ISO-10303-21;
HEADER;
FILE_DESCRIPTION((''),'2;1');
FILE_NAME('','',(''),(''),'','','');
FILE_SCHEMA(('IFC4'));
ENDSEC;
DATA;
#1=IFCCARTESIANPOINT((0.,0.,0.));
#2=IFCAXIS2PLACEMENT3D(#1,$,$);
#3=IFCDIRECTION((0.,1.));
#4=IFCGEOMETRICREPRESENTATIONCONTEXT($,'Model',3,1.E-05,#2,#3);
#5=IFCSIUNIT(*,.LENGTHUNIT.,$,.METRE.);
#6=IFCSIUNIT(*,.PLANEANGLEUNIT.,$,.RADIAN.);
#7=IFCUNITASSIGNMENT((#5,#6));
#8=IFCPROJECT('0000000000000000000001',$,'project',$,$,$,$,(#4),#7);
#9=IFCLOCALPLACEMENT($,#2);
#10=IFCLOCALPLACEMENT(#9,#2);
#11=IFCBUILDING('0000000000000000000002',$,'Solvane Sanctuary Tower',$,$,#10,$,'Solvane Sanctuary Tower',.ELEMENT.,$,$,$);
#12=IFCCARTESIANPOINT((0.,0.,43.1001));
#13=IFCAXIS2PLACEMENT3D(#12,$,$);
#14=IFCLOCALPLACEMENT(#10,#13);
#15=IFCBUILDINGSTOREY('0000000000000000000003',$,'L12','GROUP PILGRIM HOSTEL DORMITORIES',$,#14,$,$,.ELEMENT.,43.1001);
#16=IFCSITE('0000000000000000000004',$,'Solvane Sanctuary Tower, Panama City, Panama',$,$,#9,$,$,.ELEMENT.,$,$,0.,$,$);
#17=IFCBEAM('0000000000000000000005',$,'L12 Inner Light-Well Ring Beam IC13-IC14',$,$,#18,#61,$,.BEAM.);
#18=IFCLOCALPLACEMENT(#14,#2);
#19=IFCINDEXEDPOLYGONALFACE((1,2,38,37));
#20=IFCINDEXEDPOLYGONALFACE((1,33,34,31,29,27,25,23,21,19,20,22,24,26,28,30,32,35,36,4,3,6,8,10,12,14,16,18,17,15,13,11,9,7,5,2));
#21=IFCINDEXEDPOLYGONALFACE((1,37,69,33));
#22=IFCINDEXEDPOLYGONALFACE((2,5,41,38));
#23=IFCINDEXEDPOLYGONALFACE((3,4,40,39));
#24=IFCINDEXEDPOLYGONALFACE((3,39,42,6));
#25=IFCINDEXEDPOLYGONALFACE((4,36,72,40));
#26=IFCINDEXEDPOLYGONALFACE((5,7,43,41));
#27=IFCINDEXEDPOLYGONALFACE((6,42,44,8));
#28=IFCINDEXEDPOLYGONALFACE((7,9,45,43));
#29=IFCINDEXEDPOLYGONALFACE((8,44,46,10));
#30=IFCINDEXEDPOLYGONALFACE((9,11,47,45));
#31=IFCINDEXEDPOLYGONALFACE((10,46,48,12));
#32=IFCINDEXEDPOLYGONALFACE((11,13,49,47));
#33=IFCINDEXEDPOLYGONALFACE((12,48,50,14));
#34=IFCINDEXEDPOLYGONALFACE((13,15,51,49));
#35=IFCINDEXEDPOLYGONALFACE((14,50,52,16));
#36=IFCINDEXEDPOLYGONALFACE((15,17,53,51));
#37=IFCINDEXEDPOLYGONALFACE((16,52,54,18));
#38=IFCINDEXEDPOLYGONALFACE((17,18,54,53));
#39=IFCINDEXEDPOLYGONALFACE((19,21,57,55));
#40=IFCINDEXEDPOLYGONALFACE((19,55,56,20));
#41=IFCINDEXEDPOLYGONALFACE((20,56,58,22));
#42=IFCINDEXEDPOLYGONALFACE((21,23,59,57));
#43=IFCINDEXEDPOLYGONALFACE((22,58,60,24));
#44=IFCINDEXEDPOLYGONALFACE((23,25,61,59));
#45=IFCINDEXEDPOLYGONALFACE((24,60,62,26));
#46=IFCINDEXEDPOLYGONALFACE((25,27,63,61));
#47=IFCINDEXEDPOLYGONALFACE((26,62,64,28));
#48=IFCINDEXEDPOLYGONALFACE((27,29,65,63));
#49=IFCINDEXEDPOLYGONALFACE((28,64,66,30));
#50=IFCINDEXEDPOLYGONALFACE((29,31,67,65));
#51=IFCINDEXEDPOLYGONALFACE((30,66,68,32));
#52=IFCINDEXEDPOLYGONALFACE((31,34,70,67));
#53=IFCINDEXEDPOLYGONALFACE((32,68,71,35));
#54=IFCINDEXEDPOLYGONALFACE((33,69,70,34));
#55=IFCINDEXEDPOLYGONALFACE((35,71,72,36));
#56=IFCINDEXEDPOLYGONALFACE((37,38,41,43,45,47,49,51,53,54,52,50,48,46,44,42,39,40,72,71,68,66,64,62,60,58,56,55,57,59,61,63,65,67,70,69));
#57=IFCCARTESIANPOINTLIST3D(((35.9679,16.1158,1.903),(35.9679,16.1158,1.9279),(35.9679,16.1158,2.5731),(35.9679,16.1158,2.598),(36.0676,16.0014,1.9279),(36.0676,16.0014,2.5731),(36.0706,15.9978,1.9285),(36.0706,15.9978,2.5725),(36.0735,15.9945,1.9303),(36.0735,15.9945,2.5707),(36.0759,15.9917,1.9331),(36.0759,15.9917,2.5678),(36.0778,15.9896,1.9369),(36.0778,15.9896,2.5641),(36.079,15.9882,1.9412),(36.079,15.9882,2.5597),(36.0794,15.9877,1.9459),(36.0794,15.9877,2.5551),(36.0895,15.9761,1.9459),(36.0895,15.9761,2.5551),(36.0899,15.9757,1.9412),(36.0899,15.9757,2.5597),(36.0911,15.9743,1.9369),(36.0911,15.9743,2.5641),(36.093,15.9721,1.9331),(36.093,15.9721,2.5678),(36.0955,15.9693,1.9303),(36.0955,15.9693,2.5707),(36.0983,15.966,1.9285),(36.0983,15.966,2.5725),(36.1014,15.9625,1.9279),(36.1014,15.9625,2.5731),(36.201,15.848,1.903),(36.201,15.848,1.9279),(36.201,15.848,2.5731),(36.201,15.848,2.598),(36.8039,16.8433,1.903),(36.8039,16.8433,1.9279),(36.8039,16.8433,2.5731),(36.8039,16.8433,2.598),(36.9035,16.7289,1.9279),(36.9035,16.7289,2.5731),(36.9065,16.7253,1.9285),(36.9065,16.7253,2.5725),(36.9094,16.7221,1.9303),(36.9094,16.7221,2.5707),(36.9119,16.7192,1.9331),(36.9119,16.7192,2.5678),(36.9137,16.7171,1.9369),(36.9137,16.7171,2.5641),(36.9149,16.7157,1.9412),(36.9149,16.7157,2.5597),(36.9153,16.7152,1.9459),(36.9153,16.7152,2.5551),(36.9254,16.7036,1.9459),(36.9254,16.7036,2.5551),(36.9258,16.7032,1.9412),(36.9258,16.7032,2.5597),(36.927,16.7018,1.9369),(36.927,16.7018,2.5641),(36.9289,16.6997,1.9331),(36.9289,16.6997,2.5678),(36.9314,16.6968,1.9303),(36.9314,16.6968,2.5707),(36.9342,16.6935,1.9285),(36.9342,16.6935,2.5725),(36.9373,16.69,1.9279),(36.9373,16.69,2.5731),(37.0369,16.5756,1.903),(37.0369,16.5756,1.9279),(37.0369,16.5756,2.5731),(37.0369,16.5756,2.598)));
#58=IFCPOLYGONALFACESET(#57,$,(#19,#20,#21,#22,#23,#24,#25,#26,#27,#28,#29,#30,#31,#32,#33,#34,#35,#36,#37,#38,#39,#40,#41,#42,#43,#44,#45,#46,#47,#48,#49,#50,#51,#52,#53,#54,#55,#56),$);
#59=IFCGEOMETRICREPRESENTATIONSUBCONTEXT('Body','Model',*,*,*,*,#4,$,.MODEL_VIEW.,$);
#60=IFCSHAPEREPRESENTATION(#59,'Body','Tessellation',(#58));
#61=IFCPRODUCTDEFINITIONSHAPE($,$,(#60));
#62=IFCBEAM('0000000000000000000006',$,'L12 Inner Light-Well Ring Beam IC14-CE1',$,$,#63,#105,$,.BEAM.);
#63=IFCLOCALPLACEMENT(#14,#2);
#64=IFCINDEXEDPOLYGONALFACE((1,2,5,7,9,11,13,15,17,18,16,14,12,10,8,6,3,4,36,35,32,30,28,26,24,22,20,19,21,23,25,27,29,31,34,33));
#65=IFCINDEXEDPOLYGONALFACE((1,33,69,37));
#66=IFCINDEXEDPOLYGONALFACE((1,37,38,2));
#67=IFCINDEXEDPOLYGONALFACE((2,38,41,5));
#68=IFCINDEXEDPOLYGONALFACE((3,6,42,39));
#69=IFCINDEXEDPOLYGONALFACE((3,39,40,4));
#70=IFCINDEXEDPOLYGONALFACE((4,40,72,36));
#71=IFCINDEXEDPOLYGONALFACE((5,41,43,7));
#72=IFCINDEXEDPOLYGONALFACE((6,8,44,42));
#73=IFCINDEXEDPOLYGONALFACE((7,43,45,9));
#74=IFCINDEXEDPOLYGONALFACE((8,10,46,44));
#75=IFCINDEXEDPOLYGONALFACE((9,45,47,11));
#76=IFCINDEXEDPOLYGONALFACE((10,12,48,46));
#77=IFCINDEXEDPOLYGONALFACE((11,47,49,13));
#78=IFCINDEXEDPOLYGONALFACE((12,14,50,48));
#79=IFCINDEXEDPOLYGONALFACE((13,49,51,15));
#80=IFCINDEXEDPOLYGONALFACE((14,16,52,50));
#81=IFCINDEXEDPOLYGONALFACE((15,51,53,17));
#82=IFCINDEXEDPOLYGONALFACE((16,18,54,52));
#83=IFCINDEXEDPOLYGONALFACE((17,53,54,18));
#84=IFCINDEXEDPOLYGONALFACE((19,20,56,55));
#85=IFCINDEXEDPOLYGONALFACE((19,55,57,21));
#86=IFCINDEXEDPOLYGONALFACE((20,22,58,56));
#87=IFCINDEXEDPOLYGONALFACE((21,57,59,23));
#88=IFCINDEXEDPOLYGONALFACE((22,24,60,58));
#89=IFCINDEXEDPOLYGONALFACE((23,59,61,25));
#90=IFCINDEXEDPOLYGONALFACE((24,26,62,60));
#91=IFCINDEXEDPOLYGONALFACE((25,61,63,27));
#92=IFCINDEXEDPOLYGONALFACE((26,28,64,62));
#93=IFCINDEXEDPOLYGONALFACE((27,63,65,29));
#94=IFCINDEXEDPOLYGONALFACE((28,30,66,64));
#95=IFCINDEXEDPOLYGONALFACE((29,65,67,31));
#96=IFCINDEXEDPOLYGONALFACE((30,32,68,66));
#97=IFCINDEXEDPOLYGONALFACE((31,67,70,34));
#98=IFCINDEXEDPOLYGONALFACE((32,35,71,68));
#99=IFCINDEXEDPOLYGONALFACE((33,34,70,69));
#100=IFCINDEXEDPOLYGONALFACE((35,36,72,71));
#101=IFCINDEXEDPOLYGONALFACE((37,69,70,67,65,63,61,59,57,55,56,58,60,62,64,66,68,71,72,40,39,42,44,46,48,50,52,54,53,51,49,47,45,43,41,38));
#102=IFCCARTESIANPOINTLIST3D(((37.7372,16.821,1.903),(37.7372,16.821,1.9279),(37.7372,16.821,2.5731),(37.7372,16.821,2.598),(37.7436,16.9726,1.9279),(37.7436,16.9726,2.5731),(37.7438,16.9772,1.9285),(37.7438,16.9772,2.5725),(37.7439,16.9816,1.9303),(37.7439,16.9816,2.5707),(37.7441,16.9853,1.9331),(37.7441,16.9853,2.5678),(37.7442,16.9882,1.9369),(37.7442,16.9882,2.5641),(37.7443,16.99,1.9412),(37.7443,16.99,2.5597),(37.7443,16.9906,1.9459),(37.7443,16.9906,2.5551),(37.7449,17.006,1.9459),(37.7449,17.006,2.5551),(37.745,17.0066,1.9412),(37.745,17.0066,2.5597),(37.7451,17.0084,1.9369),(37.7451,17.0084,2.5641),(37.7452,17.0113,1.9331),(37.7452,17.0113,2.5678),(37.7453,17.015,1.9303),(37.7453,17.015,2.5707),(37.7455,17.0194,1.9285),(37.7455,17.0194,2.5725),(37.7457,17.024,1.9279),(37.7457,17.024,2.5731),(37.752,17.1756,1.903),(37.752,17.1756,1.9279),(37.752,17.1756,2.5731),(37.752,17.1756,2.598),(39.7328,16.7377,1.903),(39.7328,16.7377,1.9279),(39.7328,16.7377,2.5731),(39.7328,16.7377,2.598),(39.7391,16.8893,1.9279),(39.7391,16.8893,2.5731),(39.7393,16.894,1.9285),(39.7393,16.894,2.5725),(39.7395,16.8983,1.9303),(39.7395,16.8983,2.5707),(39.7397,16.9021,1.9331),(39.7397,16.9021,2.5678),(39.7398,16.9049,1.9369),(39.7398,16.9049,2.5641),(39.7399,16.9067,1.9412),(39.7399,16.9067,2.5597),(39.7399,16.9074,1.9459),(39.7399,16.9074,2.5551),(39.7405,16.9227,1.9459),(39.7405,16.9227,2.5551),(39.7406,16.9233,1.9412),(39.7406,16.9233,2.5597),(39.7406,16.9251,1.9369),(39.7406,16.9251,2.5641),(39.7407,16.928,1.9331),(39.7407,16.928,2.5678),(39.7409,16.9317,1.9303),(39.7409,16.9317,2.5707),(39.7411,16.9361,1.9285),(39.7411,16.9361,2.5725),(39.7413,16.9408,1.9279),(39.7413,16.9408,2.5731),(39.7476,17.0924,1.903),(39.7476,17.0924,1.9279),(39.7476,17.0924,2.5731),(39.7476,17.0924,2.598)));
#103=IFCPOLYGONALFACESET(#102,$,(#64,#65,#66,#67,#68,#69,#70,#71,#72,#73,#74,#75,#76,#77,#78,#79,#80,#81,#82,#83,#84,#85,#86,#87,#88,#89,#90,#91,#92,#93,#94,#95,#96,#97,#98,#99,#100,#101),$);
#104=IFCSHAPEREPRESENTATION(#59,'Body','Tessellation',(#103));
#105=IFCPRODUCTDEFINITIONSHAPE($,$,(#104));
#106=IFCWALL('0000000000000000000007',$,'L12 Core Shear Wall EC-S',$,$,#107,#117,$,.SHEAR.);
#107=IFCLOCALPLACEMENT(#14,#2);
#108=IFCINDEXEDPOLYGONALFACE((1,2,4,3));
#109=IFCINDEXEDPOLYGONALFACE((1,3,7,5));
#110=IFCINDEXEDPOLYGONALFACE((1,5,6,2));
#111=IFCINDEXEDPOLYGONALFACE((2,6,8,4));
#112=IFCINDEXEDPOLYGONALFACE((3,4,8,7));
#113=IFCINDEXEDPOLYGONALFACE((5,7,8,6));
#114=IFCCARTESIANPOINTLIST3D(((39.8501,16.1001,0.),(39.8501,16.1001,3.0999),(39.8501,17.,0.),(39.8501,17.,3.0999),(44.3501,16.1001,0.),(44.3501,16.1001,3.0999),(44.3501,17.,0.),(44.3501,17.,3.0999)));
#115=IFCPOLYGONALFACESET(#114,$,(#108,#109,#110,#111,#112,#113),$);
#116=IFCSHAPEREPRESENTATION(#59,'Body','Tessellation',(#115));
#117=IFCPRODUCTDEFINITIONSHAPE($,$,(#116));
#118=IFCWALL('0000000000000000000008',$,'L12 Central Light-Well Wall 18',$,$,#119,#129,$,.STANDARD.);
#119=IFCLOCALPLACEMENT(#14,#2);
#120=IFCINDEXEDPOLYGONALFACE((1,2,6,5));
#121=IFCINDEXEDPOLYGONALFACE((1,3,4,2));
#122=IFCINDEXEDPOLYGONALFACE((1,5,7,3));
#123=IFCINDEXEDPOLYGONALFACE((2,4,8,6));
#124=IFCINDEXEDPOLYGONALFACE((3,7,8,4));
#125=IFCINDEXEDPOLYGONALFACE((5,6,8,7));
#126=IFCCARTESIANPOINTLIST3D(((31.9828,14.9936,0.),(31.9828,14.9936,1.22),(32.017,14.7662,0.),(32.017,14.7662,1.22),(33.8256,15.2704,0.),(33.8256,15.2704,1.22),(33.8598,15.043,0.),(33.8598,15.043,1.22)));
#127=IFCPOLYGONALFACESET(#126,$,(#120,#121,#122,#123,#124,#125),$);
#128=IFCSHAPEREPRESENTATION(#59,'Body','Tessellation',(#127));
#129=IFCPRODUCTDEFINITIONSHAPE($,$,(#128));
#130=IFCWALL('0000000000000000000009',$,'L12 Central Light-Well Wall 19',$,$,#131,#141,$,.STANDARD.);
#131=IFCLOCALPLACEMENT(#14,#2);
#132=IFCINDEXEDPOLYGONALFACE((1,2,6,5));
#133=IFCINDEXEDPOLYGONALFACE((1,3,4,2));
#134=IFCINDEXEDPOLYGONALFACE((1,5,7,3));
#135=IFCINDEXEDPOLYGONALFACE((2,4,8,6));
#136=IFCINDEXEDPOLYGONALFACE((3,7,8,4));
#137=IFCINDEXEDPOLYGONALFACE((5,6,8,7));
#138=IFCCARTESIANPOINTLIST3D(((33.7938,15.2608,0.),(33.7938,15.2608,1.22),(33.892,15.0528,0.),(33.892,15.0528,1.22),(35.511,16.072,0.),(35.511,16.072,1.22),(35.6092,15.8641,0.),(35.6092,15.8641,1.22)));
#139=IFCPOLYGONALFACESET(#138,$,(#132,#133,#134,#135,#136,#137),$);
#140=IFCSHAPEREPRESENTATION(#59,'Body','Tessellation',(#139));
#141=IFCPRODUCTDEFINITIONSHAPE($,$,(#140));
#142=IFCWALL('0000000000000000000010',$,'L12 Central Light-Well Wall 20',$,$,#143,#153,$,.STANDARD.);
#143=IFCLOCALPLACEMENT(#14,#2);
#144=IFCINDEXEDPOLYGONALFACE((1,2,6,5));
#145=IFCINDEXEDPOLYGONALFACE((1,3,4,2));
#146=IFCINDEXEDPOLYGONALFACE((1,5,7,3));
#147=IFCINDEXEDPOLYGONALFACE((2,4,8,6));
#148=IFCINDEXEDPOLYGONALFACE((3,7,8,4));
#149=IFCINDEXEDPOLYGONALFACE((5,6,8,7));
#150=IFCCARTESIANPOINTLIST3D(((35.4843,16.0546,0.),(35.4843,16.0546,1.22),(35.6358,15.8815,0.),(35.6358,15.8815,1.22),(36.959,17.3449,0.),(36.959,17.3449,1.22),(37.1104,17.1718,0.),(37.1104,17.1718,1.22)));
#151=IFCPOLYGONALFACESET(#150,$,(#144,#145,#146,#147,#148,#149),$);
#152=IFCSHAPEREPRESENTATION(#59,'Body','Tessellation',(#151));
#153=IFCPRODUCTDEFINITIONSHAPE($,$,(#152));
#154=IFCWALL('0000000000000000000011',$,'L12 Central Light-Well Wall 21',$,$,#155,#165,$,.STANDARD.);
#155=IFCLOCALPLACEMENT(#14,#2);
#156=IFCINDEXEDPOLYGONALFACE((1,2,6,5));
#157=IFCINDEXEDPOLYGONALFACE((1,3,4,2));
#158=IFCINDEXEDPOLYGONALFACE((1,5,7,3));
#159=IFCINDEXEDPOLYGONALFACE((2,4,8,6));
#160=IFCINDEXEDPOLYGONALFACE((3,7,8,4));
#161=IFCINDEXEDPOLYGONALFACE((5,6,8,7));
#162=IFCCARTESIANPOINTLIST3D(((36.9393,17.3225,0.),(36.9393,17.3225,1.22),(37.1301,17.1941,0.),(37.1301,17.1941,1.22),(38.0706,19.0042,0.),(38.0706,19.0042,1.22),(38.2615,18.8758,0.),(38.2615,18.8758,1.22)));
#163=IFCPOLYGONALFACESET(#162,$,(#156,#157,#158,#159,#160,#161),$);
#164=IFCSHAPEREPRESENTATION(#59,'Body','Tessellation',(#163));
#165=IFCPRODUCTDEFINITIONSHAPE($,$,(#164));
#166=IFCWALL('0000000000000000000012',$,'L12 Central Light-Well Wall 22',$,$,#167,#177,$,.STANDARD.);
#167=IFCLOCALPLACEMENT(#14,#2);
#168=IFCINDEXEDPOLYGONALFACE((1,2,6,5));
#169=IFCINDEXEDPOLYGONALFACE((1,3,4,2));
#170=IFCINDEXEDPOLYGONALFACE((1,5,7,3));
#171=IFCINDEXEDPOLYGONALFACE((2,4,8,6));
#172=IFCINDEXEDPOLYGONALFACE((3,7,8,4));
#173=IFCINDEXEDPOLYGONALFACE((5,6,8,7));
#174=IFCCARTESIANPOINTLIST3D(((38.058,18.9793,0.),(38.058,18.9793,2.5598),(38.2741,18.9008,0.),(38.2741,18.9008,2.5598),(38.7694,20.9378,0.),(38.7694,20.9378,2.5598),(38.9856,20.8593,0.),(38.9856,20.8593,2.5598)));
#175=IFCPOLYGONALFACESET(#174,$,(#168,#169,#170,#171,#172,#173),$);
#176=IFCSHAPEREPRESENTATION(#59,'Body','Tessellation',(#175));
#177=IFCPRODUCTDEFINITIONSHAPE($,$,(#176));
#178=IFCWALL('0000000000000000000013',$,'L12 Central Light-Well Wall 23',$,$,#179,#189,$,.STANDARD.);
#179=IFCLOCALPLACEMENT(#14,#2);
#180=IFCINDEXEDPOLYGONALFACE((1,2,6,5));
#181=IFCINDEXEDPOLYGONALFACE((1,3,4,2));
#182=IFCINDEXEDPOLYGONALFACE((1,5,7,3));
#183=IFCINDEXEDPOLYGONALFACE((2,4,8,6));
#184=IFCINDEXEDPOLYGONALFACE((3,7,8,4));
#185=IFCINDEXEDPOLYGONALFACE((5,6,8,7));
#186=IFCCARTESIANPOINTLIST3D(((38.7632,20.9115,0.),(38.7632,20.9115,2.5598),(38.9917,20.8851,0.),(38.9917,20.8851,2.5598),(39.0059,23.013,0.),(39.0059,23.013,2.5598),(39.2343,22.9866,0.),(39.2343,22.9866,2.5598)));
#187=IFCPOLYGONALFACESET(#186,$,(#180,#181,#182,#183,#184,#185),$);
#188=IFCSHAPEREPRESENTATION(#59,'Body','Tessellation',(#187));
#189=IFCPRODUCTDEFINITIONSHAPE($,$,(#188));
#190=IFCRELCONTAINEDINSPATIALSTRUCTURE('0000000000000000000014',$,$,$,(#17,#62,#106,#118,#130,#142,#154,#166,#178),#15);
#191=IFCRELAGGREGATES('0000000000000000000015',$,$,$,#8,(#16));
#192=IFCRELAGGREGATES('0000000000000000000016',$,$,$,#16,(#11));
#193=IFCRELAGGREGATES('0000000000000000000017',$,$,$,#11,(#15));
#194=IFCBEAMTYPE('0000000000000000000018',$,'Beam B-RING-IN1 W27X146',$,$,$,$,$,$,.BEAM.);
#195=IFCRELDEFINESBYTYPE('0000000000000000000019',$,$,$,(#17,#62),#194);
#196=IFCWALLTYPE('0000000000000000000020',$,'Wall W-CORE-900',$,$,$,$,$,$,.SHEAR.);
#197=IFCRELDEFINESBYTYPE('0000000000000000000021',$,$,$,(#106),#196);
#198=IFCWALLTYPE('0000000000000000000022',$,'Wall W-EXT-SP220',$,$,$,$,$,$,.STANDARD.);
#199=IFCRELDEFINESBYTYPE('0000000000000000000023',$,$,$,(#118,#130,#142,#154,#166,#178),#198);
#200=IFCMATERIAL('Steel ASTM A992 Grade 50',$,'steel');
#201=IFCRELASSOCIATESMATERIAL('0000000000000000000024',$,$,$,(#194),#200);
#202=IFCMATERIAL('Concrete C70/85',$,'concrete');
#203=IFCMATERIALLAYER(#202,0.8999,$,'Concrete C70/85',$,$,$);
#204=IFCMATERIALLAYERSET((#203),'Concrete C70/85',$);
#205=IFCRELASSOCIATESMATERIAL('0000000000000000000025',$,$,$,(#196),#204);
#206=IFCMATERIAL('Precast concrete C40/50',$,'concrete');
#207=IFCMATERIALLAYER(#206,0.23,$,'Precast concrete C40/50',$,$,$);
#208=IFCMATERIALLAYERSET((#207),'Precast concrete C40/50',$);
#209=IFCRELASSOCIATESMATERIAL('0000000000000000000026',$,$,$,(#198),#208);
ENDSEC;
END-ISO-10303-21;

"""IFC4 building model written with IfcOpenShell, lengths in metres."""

from ifc_helpers import new_model, si_unit, direction, frame, frame_2d, origin, origin_2d, place, context, subcontext, project, spatial, rectangle, i_section, extrude, material, layer, layer_set, material_profile, profile_set, type_object, element, save


model = new_model("IFC4")

# Units and contexts
model_context = context("Model", 3, precision=1e-05, world=origin(), true_north=direction((0.0, 1.0)))
body_context = subcontext(model_context, "Body", "Model", "MODEL_VIEW")
ifc_project = project(units=[si_unit("LENGTHUNIT", "METRE"), si_unit("PLANEANGLEUNIT", "RADIAN")], contexts=[model_context])

# Site, building, storey
site_placement = place(None, origin())
site = spatial("IfcSite", under=ifc_project, at=site_placement, Name="Solvane Sanctuary Tower, Panama City, Panama", CompositionType="ELEMENT", RefElevation=0.0)
building_placement = place(site_placement, origin())
building = spatial("IfcBuilding", under=site, at=building_placement, Name="Solvane Sanctuary Tower", LongName="Solvane Sanctuary Tower", CompositionType="ELEMENT")
storey_placement = place(building_placement, frame((0.0, 0.0, 43.1001)))
storey = spatial("IfcBuildingStorey", under=building, at=storey_placement, Name="L12", Description="GROUP PILGRIM HOSTEL DORMITORIES", CompositionType="ELEMENT", Elevation=43.1001)

# Shared definitions
ifc_material_1 = material(Name="Concrete C70/85", Category="concrete")

# Beams
ifc_material_2 = material(Name="Steel ASTM A992 Grade 50", Category="steel")
ifc_material_profile_1 = material_profile(ifc_material_2, i_section(OverallWidth=0.355, OverallDepth=0.6951, WebThickness=0.0154, FlangeThickness=0.0249, FilletRadius=0.0181, at=origin_2d()), Name="W27X146")
ifc_profile_set_1 = profile_set([ifc_material_profile_1], Name="Steel ASTM A992 Grade 50")
beam_type_1 = type_object("IfcBeamType", Name="Beam B-RING-IN1 W27X146", PredefinedType="BEAM", material=ifc_profile_set_1)
beam_1_placement = place(storey_placement, frame((36.0845, 15.9819, 2.2505), z_axis=(0.754321, 0.656506, 0.0), x_axis=(-0.656506, 0.754321, 0.0)))
element("IfcBeam", 1, at=beam_1_placement, inside=storey, type_object=beam_type_1, Name="L12 Inner Light-Well Ring Beam IC13-IC14", PredefinedType="BEAM", context=body_context, shape_type="SweptSolid", body=[
    extrude(i_section(OverallWidth=0.355, OverallDepth=0.6951, WebThickness=0.0154, FlangeThickness=0.0249, FilletRadius=0.0181, at=origin_2d()), origin(), (0.0, 0.0, 1.0), 1.1082),
])
beam_2_placement = place(storey_placement, frame((37.7446, 16.9983, 2.2505), z_axis=(0.999131, -0.041681, 0.0), x_axis=(0.041681, 0.999131, 0.0)))
element("IfcBeam", 2, at=beam_2_placement, inside=storey, type_object=beam_type_1, Name="L12 Inner Light-Well Ring Beam IC14-CE1", PredefinedType="BEAM", context=body_context, shape_type="SweptSolid", body=[
    extrude(i_section(OverallWidth=0.355, OverallDepth=0.6951, WebThickness=0.0154, FlangeThickness=0.0249, FilletRadius=0.0181, at=origin_2d()), origin(), (0.0, 0.0, 1.0), 1.9973),
])

# Walls
ifc_layer_1 = layer(ifc_material_1, 0.8999, Name="Concrete C70/85")
ifc_layer_set_1 = layer_set([ifc_layer_1], Name="Concrete C70/85")
wall_type_1 = type_object("IfcWallType", Name="Wall W-CORE-900", PredefinedType="SHEAR", material=ifc_layer_set_1)
wall_1_placement = place(storey_placement, frame((39.8501, 16.55, 0.0), z_axis=(0.0, 0.0, 1.0), x_axis=(1.0, 0.0, 0.0)))
element("IfcWall", 3, at=wall_1_placement, inside=storey, type_object=wall_type_1, Name="L12 Core Shear Wall EC-S", PredefinedType="SHEAR", context=body_context, shape_type="SweptSolid", body=[
    extrude(rectangle(XDim=4.5, YDim=0.8999, at=frame_2d((2.25, 0.0))), origin(), (0.0, 0.0, 1.0), 3.0999),
])
ifc_material_3 = material(Name="Precast concrete C40/50", Category="concrete")
ifc_layer_2 = layer(ifc_material_3, 0.23, Name="Precast concrete C40/50")
ifc_layer_set_2 = layer_set([ifc_layer_2], Name="Precast concrete C40/50")
wall_type_2 = type_object("IfcWallType", Name="Wall W-EXT-SP220", PredefinedType="STANDARD", material=ifc_layer_set_2)
wall_2_placement = place(storey_placement, frame((32.0, 14.8799, 0.0), z_axis=(0.0, 0.0, 1.0), x_axis=(0.988902, 0.148571, 0.0)))
element("IfcWall", 4, at=wall_2_placement, inside=storey, type_object=wall_type_2, Name="L12 Central Light-Well Wall 18", PredefinedType="STANDARD", context=body_context, shape_type="SweptSolid", body=[
    extrude(rectangle(XDim=1.8635, YDim=0.23, at=frame_2d((0.9316, 0.0))), origin(), (0.0, 0.0, 1.0), 1.22),
])
wall_3_placement = place(storey_placement, frame((33.8428, 15.1567, 0.0), z_axis=(0.0, 0.0, 1.0), x_axis=(0.90418, 0.427152, 0.0)))
element("IfcWall", 5, at=wall_3_placement, inside=storey, type_object=wall_type_2, Name="L12 Central Light-Well Wall 19", PredefinedType="STANDARD", context=body_context, shape_type="SweptSolid", body=[
    extrude(rectangle(XDim=1.8992, YDim=0.23, at=frame_2d((0.9497, 0.0))), origin(), (0.0, 0.0, 1.0), 1.22),
])
wall_4_placement = place(storey_placement, frame((35.5601, 15.968, 0.0), z_axis=(0.0, 0.0, 1.0), x_axis=(0.752577, 0.658505, 0.0)))
element("IfcWall", 6, at=wall_4_placement, inside=storey, type_object=wall_type_2, Name="L12 Central Light-Well Wall 20", PredefinedType="STANDARD", context=body_context, shape_type="SweptSolid", body=[
    extrude(rectangle(XDim=1.9595, YDim=0.23, at=frame_2d((0.9797, 0.0))), origin(), (0.0, 0.0, 1.0), 1.22),
])
wall_5_placement = place(storey_placement, frame((37.0347, 17.2583, 0.0), z_axis=(0.0, 0.0, 1.0), x_axis=(0.558198, 0.829708, 0.0)))
element("IfcWall", 7, at=wall_5_placement, inside=storey, type_object=wall_type_2, Name="L12 Central Light-Well Wall 21", PredefinedType="STANDARD", context=body_context, shape_type="SweptSolid", body=[
    extrude(rectangle(XDim=2.0269, YDim=0.23, at=frame_2d((1.0134, 0.0))), origin(), (0.0, 0.0, 1.0), 1.22),
])
wall_6_placement = place(storey_placement, frame((38.166, 18.9399, 0.0), z_axis=(0.0, 0.0, 1.0), x_axis=(0.341423, 0.93991, 0.0)))
element("IfcWall", 8, at=wall_6_placement, inside=storey, type_object=wall_type_2, Name="L12 Central Light-Well Wall 22", PredefinedType="STANDARD", context=body_context, shape_type="SweptSolid", body=[
    extrude(rectangle(XDim=2.0837, YDim=0.23, at=frame_2d((1.042, 0.0))), origin(), (0.0, 0.0, 1.0), 2.5598),
])
wall_7_placement = place(storey_placement, frame((38.8774, 20.8984, 0.0), z_axis=(0.0, 0.0, 1.0), x_axis=(0.114712, 0.993399, 0.0)))
element("IfcWall", 9, at=wall_7_placement, inside=storey, type_object=wall_type_2, Name="L12 Central Light-Well Wall 23", PredefinedType="STANDARD", context=body_context, shape_type="SweptSolid", body=[
    extrude(rectangle(XDim=2.1155, YDim=0.23, at=frame_2d((1.0576, 0.0))), origin(), (0.0, 0.0, 1.0), 2.5598),
])

save(model, "model.ifc")
